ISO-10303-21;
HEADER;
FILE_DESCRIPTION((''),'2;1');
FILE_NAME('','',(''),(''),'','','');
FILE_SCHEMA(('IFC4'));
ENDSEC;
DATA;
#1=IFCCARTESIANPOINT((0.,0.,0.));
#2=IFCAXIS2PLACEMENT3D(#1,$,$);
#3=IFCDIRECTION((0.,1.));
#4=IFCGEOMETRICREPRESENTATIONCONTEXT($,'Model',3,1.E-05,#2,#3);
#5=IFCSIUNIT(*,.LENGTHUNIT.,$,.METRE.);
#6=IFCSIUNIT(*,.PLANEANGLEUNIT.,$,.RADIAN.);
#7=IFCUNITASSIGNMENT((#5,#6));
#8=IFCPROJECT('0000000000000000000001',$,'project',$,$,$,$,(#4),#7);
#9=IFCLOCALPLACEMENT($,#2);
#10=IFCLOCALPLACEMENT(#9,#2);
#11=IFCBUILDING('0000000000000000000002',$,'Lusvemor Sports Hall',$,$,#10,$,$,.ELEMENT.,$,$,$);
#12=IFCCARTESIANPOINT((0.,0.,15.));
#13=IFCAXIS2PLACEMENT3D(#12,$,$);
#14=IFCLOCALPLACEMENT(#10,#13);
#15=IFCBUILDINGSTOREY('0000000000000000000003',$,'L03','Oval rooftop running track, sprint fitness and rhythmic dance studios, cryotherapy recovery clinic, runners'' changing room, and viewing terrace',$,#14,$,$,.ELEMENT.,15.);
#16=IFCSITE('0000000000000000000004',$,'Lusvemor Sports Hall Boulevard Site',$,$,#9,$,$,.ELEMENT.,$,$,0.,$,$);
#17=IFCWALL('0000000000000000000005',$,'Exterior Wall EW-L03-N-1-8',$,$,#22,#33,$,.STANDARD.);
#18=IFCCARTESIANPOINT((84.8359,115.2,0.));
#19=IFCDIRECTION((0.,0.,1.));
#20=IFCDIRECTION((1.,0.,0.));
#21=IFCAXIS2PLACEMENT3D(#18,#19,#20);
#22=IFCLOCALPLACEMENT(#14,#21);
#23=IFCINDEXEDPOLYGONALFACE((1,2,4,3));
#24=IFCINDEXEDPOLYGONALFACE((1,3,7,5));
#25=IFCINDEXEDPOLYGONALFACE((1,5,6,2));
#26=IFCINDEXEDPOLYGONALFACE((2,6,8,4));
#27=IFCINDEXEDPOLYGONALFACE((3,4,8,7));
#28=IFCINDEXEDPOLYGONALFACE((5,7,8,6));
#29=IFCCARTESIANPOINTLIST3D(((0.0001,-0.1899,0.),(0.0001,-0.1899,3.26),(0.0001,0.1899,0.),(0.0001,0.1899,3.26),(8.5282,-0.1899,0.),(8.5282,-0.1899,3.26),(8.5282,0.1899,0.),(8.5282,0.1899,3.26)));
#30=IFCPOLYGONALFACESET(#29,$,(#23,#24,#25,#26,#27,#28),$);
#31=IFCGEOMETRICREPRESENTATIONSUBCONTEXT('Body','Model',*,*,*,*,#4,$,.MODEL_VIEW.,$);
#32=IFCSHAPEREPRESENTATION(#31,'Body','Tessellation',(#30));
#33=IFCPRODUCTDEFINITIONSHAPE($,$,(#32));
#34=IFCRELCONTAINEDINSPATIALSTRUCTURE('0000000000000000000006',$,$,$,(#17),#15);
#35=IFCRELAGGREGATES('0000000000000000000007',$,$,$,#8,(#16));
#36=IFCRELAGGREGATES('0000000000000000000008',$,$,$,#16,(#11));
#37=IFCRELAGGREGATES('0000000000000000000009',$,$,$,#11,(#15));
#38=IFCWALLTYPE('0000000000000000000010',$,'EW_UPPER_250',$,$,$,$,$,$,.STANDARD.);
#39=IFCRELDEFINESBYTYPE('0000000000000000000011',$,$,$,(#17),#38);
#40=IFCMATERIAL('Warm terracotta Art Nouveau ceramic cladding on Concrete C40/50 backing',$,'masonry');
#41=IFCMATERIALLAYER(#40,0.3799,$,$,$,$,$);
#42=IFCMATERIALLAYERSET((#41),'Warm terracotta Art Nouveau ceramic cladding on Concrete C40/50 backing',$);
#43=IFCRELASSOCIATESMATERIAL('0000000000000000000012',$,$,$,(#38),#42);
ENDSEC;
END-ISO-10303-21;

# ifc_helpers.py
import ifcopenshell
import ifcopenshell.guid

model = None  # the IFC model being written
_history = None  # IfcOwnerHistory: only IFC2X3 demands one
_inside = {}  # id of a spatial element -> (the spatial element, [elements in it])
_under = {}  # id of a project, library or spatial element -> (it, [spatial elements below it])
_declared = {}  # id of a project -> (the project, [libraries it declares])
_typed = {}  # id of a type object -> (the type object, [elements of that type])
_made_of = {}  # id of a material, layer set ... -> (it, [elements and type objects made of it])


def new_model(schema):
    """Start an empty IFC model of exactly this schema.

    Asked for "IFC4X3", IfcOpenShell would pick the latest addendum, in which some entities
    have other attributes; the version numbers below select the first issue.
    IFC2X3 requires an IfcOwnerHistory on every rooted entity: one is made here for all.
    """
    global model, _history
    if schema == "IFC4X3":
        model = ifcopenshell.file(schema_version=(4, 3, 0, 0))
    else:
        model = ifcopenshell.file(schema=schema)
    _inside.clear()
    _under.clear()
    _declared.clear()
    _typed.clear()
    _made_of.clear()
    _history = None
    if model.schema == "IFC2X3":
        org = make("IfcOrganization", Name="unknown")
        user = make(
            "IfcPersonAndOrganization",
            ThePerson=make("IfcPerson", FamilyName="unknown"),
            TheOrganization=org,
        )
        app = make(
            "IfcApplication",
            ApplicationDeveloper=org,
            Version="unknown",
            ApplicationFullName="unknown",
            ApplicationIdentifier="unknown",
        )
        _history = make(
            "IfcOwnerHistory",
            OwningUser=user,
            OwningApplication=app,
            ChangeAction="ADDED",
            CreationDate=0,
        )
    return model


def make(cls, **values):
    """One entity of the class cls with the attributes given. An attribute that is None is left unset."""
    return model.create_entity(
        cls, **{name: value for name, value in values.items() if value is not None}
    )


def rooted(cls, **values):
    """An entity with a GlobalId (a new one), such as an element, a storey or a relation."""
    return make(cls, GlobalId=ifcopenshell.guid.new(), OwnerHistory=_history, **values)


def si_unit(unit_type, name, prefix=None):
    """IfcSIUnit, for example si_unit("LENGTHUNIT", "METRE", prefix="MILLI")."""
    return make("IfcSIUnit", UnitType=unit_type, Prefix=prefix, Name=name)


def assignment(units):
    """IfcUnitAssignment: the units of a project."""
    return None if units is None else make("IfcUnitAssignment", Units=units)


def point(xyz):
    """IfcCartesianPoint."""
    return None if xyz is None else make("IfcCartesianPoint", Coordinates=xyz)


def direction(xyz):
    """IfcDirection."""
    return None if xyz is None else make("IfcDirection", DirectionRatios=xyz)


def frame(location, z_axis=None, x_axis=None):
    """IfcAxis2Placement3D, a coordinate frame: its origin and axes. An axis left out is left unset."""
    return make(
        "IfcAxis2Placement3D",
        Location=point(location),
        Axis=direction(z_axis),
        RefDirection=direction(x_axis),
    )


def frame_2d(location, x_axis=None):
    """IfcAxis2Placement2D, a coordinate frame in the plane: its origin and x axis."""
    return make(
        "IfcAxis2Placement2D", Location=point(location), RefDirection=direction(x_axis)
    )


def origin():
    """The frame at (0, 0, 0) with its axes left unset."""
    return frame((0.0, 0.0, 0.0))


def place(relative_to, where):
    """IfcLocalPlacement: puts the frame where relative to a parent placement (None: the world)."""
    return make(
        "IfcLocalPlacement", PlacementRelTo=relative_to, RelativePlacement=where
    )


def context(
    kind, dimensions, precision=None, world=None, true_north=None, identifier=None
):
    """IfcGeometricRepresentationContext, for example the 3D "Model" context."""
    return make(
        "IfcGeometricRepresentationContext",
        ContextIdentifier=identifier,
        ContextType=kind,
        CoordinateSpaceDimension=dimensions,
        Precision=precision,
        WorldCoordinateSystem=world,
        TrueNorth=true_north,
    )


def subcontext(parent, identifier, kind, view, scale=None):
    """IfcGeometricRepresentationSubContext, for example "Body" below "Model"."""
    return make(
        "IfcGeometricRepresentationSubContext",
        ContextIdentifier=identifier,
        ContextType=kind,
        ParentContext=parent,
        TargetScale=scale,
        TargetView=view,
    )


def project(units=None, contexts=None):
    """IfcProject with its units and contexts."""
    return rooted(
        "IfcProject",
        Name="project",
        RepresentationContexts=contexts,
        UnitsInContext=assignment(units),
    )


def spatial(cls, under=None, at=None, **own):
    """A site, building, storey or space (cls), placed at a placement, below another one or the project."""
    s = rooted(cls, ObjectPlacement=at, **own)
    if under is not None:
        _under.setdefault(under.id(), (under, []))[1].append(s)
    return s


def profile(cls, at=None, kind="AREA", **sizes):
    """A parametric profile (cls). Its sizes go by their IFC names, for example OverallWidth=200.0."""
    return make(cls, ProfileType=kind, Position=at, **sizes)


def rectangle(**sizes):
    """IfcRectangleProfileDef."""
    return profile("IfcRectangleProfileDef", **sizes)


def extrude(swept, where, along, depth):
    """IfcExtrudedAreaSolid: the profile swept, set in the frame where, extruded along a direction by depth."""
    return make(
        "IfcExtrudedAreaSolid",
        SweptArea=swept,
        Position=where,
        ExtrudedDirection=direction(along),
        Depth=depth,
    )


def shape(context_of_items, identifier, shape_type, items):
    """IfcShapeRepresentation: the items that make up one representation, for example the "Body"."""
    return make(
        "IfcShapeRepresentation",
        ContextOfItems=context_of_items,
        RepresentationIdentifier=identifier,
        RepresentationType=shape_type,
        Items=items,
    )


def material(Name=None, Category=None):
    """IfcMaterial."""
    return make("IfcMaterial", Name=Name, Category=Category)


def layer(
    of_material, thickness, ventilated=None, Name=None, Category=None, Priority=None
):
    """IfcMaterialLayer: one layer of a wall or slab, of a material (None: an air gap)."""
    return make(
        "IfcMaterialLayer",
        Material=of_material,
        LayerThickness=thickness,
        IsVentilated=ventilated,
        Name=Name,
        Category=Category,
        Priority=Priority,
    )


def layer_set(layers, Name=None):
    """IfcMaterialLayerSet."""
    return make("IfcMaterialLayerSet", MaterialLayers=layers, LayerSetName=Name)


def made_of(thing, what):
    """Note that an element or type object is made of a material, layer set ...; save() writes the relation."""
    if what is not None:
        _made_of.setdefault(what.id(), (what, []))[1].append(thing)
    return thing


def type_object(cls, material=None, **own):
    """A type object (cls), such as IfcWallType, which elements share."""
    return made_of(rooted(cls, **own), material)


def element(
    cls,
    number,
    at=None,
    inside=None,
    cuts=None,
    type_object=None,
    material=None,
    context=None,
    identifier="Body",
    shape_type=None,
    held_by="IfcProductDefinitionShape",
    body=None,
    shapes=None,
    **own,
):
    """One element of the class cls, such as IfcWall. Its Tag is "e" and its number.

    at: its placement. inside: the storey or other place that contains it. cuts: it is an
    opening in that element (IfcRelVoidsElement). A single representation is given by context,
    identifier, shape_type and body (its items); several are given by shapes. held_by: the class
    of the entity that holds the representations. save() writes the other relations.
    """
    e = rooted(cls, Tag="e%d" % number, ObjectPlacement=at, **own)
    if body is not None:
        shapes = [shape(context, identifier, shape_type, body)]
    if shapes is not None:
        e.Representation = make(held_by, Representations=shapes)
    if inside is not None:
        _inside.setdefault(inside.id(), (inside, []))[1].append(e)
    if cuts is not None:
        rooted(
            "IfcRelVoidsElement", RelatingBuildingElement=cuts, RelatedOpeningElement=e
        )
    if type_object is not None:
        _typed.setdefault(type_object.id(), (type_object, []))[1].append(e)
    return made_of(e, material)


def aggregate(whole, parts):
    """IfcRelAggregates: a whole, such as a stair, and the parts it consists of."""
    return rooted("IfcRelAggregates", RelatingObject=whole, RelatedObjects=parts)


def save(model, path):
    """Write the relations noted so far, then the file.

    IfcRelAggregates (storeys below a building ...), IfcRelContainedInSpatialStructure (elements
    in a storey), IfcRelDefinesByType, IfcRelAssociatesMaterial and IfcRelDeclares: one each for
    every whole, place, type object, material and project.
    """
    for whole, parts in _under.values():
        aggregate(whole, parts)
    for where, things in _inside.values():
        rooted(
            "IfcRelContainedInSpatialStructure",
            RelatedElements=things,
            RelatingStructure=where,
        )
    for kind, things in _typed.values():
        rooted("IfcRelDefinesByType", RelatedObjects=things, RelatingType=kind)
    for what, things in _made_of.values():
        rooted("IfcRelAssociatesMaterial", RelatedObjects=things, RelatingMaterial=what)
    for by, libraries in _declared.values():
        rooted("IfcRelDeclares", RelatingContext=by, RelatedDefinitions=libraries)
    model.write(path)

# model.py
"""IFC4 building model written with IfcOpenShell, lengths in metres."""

from ifc_helpers import new_model, si_unit, direction, frame, frame_2d, origin, place, context, subcontext, project, spatial, rectangle, extrude, material, layer, layer_set, type_object, element, save


model = new_model("IFC4")

# Units and contexts
model_context = context("Model", 3, precision=1e-05, world=origin(), true_north=direction((0.0, 1.0)))
body_context = subcontext(model_context, "Body", "Model", "MODEL_VIEW")
ifc_project = project(units=[si_unit("LENGTHUNIT", "METRE"), si_unit("PLANEANGLEUNIT", "RADIAN")], contexts=[model_context])

# Site, building, storey
site_placement = place(None, origin())
site = spatial("IfcSite", under=ifc_project, at=site_placement, Name="Lusvemor Sports Hall Boulevard Site", CompositionType="ELEMENT", RefElevation=0.0)
building_placement = place(site_placement, origin())
building = spatial("IfcBuilding", under=site, at=building_placement, Name="Lusvemor Sports Hall", CompositionType="ELEMENT")
storey_placement = place(building_placement, frame((0.0, 0.0, 15.0)))
storey = spatial("IfcBuildingStorey", under=building, at=storey_placement, Name="L03", Description="Oval rooftop running track, sprint fitness and rhythmic dance studios, cryotherapy recovery clinic, runners' changing room, and viewing terrace", CompositionType="ELEMENT", Elevation=15.0)

# Wall
ifc_material_1 = material(Name="Warm terracotta Art Nouveau ceramic cladding on Concrete C40/50 backing", Category="masonry")
ifc_layer_1 = layer(ifc_material_1, 0.3799)
ifc_layer_set_1 = layer_set([ifc_layer_1], Name="Warm terracotta Art Nouveau ceramic cladding on Concrete C40/50 backing")
wall_type = type_object("IfcWallType", Name="EW_UPPER_250", PredefinedType="STANDARD", material=ifc_layer_set_1)
wall_placement = place(storey_placement, frame((84.8359, 115.2, 0.0), z_axis=(0.0, 0.0, 1.0), x_axis=(1.0, 0.0, 0.0)))
element("IfcWall", 1, at=wall_placement, inside=storey, type_object=wall_type, Name="Exterior Wall EW-L03-N-1-8", PredefinedType="STANDARD", context=body_context, shape_type="SweptSolid", body=[
    extrude(rectangle(XDim=8.5281, YDim=0.3799, at=frame_2d((4.2642, 0.0))), origin(), (0.0, 0.0, 1.0), 3.26),
])

save(model, "model.ifc")
